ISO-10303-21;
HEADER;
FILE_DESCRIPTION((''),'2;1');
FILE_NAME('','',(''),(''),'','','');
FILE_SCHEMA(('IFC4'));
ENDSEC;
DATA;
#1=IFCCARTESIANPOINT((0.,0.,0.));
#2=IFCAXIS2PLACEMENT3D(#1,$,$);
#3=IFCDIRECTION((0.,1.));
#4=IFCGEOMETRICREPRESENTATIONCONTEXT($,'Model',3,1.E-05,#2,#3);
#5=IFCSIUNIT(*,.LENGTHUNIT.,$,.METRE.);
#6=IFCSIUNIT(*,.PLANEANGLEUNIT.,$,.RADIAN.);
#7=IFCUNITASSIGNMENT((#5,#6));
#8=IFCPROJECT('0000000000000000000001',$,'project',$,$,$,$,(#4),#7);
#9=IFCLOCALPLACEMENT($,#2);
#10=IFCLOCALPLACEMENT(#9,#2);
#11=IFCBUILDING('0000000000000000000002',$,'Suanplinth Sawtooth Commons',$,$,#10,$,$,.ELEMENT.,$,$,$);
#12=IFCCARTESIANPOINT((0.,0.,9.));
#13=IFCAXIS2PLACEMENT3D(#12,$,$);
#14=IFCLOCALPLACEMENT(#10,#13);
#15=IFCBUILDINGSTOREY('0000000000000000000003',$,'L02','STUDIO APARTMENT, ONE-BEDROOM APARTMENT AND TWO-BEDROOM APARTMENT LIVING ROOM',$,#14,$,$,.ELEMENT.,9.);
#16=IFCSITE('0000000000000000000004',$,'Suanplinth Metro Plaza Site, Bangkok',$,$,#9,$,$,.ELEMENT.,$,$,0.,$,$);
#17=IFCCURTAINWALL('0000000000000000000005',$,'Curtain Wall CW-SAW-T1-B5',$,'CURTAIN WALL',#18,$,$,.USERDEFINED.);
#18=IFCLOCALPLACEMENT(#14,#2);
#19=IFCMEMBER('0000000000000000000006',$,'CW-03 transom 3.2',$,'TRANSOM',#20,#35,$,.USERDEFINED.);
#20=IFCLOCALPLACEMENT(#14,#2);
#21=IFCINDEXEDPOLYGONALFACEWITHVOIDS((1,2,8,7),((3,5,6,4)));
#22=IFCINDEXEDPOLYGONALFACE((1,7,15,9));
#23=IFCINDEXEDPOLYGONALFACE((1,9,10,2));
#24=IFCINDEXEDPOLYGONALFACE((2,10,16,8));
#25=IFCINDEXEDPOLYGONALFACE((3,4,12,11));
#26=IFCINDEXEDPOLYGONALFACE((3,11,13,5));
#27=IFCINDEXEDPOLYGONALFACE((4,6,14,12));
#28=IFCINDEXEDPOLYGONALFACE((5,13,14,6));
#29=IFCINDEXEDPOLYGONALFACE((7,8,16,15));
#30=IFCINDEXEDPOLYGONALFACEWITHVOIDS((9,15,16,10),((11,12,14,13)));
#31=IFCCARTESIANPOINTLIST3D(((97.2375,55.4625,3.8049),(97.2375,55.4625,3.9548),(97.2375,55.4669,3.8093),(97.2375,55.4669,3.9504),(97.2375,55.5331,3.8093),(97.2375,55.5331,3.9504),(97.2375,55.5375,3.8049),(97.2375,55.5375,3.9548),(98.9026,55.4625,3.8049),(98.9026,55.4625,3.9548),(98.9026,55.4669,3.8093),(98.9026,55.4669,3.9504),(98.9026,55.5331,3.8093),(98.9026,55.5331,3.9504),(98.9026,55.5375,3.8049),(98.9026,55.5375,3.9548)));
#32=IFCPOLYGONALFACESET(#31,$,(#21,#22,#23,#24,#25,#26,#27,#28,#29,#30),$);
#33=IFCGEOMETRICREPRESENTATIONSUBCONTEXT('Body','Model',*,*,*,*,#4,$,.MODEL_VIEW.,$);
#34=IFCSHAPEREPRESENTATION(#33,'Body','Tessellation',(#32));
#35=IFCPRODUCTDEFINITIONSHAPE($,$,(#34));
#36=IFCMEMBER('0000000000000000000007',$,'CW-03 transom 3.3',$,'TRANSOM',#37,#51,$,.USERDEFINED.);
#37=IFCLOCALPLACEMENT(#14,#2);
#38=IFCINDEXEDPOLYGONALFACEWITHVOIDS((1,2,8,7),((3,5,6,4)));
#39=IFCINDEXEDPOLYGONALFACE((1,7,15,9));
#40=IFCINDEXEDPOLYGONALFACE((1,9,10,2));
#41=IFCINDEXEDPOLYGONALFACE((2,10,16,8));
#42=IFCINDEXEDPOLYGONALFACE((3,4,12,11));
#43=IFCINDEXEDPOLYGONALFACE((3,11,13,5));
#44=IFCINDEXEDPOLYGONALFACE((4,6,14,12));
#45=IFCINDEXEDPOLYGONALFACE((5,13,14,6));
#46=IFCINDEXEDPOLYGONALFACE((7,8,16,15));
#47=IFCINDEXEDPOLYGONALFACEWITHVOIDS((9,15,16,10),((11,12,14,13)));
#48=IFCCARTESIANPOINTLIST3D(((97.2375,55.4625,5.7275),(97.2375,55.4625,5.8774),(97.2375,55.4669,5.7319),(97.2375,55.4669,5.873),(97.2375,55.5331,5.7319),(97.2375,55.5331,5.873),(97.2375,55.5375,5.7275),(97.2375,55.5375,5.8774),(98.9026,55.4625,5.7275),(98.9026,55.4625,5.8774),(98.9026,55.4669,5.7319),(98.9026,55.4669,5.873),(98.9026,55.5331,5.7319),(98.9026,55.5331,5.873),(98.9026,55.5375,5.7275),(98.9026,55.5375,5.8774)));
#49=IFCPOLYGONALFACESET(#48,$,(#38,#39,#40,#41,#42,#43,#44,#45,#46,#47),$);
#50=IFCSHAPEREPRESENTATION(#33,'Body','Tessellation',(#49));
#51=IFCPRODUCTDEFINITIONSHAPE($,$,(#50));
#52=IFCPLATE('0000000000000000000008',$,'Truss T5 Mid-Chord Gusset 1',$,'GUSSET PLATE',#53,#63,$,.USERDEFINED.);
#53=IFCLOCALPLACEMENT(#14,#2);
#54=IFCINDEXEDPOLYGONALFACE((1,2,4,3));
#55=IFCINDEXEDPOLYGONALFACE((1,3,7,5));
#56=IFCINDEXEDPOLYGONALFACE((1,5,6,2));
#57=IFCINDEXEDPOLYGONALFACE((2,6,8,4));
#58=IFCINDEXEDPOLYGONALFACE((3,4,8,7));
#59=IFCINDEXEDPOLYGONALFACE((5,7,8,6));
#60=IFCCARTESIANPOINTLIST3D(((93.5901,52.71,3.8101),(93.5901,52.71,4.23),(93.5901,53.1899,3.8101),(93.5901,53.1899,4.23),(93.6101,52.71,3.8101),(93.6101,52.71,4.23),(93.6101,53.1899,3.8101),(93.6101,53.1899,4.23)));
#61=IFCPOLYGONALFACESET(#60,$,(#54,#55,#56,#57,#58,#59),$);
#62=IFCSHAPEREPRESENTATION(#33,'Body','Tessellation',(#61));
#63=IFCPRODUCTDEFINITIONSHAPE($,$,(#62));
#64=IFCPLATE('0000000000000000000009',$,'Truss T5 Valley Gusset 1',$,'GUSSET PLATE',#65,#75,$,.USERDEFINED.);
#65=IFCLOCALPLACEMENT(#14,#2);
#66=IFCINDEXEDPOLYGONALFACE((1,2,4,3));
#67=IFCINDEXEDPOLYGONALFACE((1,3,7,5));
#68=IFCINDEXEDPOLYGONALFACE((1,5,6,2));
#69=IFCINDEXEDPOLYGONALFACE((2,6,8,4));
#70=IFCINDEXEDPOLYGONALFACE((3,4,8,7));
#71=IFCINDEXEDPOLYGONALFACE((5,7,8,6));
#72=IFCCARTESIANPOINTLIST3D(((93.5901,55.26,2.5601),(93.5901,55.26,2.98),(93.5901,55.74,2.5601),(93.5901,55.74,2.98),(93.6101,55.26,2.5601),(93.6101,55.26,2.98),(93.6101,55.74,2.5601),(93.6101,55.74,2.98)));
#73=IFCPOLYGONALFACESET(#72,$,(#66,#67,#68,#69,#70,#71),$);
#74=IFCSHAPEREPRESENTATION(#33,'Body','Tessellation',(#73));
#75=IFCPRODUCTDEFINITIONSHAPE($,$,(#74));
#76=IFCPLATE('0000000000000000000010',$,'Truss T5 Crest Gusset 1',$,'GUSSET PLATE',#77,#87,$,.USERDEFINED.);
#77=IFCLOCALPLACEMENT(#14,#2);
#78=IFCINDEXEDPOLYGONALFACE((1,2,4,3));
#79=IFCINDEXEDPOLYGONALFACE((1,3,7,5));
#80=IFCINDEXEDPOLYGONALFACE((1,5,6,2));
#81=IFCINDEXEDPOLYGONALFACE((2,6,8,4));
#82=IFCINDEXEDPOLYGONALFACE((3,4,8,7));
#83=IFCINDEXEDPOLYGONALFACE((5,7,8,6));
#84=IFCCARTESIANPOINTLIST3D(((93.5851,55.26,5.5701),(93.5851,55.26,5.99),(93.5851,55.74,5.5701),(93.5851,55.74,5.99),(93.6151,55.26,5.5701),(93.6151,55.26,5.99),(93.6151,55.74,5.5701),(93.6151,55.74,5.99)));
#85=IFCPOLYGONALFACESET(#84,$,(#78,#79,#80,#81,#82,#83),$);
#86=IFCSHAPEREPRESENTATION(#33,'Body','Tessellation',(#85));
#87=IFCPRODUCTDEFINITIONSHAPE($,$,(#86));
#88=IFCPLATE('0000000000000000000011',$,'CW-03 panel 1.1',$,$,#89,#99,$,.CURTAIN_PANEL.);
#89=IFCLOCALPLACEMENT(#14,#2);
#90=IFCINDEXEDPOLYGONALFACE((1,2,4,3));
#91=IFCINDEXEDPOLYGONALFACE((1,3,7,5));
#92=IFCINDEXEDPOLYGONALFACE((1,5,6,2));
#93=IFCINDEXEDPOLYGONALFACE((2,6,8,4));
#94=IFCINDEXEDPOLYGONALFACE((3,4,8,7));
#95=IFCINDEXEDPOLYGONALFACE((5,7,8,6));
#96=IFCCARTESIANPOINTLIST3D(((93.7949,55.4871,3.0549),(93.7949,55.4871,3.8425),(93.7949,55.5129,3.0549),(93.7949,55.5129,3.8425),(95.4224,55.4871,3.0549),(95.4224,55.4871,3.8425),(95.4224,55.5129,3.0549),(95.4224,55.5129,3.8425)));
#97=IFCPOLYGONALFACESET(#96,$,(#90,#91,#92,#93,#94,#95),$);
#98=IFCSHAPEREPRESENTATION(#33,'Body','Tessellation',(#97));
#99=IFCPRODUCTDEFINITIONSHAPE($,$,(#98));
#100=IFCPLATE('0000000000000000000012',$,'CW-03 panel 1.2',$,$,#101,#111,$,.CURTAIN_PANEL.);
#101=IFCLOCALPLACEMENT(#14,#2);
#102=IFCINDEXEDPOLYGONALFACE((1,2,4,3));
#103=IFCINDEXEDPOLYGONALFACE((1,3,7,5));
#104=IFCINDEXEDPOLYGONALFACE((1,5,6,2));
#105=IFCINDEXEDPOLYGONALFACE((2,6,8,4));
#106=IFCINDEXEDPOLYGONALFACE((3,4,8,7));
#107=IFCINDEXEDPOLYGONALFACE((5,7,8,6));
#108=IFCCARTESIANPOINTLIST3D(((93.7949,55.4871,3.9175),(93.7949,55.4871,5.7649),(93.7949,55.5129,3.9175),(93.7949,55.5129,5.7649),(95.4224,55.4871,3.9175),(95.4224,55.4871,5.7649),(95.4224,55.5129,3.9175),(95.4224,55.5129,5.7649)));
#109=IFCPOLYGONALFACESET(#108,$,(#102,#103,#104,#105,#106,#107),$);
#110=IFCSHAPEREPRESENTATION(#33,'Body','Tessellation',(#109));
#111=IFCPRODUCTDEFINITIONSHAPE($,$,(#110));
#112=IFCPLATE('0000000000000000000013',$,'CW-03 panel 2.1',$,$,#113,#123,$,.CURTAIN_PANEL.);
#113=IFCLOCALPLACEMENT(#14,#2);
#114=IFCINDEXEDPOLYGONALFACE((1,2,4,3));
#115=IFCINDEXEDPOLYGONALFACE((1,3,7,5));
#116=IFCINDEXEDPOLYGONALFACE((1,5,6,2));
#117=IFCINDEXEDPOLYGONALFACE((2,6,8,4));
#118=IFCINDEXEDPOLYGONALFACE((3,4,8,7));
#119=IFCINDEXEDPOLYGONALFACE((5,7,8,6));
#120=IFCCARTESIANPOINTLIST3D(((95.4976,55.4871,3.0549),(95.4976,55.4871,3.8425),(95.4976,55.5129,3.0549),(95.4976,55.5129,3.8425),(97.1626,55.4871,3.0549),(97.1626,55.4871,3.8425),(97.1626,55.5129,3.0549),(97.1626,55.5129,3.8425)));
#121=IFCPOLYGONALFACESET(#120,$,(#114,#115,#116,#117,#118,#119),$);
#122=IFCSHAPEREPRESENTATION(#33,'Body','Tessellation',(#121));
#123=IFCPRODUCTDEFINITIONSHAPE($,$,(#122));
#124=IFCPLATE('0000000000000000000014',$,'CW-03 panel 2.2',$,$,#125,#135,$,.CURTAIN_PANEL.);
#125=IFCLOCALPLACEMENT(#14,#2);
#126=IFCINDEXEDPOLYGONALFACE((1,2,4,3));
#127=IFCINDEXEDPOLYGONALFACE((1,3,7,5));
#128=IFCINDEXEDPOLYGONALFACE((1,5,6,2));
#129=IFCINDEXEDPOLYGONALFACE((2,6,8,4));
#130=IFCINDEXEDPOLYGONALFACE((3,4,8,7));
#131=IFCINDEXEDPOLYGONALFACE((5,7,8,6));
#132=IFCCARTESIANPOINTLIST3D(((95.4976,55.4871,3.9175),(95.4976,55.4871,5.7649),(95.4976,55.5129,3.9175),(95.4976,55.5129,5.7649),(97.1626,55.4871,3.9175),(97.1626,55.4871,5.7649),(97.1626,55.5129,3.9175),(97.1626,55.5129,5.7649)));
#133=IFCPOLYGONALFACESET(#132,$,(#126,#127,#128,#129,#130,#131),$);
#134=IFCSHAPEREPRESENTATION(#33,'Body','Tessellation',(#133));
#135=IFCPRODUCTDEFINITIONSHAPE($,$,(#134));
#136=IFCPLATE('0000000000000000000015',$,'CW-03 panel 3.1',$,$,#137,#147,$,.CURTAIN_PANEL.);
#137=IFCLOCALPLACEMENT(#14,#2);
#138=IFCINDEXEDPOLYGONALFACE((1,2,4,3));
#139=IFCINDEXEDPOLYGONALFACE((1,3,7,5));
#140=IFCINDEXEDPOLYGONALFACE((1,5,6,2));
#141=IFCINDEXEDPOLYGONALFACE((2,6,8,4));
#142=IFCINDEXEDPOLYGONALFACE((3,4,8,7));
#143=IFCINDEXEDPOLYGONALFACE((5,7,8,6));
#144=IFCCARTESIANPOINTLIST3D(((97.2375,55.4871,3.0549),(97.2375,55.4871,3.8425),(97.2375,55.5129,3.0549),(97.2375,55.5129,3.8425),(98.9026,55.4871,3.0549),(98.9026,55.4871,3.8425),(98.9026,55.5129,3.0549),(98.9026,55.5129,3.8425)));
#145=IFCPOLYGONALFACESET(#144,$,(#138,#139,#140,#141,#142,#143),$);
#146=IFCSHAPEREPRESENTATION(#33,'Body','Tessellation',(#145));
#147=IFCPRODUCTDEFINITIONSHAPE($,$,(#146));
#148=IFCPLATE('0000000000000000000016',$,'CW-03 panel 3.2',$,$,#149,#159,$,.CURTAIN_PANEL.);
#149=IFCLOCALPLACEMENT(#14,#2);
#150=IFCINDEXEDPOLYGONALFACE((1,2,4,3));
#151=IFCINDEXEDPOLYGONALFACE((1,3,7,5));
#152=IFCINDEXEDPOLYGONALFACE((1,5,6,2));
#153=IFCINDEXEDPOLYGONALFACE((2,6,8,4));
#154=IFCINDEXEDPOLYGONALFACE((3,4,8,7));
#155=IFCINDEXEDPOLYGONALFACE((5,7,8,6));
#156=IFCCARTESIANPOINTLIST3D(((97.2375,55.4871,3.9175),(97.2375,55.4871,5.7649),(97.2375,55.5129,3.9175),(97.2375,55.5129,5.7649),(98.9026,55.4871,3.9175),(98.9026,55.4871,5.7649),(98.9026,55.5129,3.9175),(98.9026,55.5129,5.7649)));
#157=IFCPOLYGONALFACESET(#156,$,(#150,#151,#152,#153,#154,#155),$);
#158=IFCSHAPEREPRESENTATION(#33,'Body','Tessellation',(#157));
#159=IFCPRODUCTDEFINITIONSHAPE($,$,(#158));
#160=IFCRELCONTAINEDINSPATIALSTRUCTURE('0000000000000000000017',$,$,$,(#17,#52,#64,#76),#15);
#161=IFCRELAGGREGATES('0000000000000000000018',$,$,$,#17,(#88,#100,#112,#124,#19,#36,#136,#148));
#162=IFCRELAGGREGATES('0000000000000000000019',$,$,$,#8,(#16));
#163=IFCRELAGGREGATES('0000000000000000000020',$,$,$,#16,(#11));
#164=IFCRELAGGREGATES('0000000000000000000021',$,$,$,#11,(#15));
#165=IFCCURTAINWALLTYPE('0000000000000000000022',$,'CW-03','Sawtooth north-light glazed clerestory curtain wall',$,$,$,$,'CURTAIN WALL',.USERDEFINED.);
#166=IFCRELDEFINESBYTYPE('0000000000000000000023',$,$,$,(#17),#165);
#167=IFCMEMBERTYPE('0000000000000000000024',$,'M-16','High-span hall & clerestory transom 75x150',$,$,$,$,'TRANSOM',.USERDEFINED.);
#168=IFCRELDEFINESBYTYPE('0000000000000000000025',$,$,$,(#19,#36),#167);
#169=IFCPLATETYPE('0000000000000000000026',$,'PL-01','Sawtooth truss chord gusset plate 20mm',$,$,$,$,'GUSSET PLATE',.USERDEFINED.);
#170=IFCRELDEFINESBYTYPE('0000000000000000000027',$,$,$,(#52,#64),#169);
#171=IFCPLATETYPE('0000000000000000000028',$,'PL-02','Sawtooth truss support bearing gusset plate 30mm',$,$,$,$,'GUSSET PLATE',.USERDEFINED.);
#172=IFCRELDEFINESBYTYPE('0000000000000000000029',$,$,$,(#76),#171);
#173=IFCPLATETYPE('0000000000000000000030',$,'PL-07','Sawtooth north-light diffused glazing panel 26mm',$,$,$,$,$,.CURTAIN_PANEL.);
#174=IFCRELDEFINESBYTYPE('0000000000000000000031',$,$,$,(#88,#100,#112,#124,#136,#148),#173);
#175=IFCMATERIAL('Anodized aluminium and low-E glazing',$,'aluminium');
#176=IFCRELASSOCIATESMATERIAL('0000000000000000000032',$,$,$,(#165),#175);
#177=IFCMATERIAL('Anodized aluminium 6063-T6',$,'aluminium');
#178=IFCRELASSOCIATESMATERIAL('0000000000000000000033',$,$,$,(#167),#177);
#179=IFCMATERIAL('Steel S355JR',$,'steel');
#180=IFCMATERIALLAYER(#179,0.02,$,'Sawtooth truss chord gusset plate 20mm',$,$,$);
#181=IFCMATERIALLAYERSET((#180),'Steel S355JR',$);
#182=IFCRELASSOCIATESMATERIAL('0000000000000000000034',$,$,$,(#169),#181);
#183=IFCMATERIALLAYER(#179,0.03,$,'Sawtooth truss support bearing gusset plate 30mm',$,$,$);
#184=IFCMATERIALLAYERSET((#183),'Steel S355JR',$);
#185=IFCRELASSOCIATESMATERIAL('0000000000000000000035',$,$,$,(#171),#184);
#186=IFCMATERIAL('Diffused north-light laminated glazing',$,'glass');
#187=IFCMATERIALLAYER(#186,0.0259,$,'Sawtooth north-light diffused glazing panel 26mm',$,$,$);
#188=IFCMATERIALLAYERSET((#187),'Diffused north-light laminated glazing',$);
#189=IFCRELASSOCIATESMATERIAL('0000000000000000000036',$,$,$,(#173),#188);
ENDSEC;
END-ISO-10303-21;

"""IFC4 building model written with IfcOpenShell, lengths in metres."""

from ifc_helpers import new_model, si_unit, direction, frame, origin, origin_2d, place, context, subcontext, project, spatial, rectangle, hollow_rectangle, extrude, material, layer, layer_set, material_profile, profile_set, type_object, element, aggregate, save


model = new_model("IFC4")

# Units and contexts
model_context = context("Model", 3, precision=1e-05, world=origin(), true_north=direction((0.0, 1.0)))
body_context = subcontext(model_context, "Body", "Model", "MODEL_VIEW")
ifc_project = project(units=[si_unit("LENGTHUNIT", "METRE"), si_unit("PLANEANGLEUNIT", "RADIAN")], contexts=[model_context])

# Site, building, storey
site_placement = place(None, origin())
site = spatial("IfcSite", under=ifc_project, at=site_placement, Name="Suanplinth Metro Plaza Site, Bangkok", CompositionType="ELEMENT", RefElevation=0.0)
building_placement = place(site_placement, origin())
building = spatial("IfcBuilding", under=site, at=building_placement, Name="Suanplinth Sawtooth Commons", CompositionType="ELEMENT")
storey_placement = place(building_placement, frame((0.0, 0.0, 9.0)))
storey = spatial("IfcBuildingStorey", under=building, at=storey_placement, Name="L02", Description="STUDIO APARTMENT, ONE-BEDROOM APARTMENT AND TWO-BEDROOM APARTMENT LIVING ROOM", CompositionType="ELEMENT", Elevation=9.0)

# Shared definitions
ifc_material_1 = material(Name="Steel S355JR", Category="steel")

# Shared definitions
ifc_material_2 = material(Name="Anodized aluminium and low-E glazing", Category="aluminium")
curtain_wall_type = type_object("IfcCurtainWallType", Name="CW-03", Description="Sawtooth north-light glazed clerestory curtain wall", ElementType="CURTAIN WALL", PredefinedType="USERDEFINED", material=ifc_material_2)
ifc_material_3 = material(Name="Anodized aluminium 6063-T6", Category="aluminium")

# Curtain wall, members
curtain_wall_1_placement = place(storey_placement, origin())
curtain_wall_1 = element("IfcCurtainWall", 1, at=curtain_wall_1_placement, inside=storey, type_object=curtain_wall_type, Name="Curtain Wall CW-SAW-T1-B5", ObjectType="CURTAIN WALL", PredefinedType="USERDEFINED")
ifc_material_profile_1 = material_profile(ifc_material_3, hollow_rectangle(XDim=0.075, YDim=0.1499, WallThickness=0.0044, at=origin_2d()), Name="ALU-TRN 75x150")
ifc_profile_set_1 = profile_set([ifc_material_profile_1], Name="Anodized aluminium 6063-T6")
member_type_1 = type_object("IfcMemberType", Name="M-16", Description="High-span hall & clerestory transom 75x150", ElementType="TRANSOM", PredefinedType="USERDEFINED", material=ifc_profile_set_1)
member_1_placement = place(storey_placement, frame((97.2375, 55.5, 3.8799), z_axis=(1.0, 0.0, 0.0), x_axis=(0.0, 1.0, 0.0)))
member_1 = element("IfcMember", 2, at=member_1_placement, type_object=member_type_1, Name="CW-03 transom 3.2", ObjectType="TRANSOM", PredefinedType="USERDEFINED", context=body_context, shape_type="SweptSolid", body=[
    extrude(hollow_rectangle(XDim=0.075, YDim=0.1499, WallThickness=0.0044, at=origin_2d()), origin(), (0.0, 0.0, 1.0), 1.665),
])
member_2_placement = place(storey_placement, frame((97.2375, 55.5, 5.8025), z_axis=(1.0, 0.0, 0.0), x_axis=(0.0, 1.0, 0.0)))
member_2 = element("IfcMember", 3, at=member_2_placement, type_object=member_type_1, Name="CW-03 transom 3.3", ObjectType="TRANSOM", PredefinedType="USERDEFINED", context=body_context, shape_type="SweptSolid", body=[
    extrude(hollow_rectangle(XDim=0.075, YDim=0.1499, WallThickness=0.0044, at=origin_2d()), origin(), (0.0, 0.0, 1.0), 1.665),
])

# Plates
ifc_layer_1 = layer(ifc_material_1, 0.02, Name="Sawtooth truss chord gusset plate 20mm")
ifc_layer_set_1 = layer_set([ifc_layer_1], Name="Steel S355JR")
plate_type_1 = type_object("IfcPlateType", Name="PL-01", Description="Sawtooth truss chord gusset plate 20mm", ElementType="GUSSET PLATE", PredefinedType="USERDEFINED", material=ifc_layer_set_1)
for number, where, z_axis, x_axis, name in (
    (4, (93.6001, 52.95, 3.8101), (0.0, 0.0, 1.0), (1.0, 0.0, 0.0), "Truss T5 Mid-Chord Gusset 1"),
    (5, (93.6001, 55.5, 2.5601), (0.0, 0.0, 1.0), (1.0, 0.0, 0.0), "Truss T5 Valley Gusset 1"),
):
    element("IfcPlate", number, at=place(storey_placement, frame(where, z_axis=z_axis, x_axis=x_axis)), inside=storey, type_object=plate_type_1, Name=name, ObjectType="GUSSET PLATE", PredefinedType="USERDEFINED", context=body_context, shape_type="SweptSolid", body=[
        extrude(rectangle(XDim=0.02, YDim=0.48, at=origin_2d()), origin(), (0.0, 0.0, 1.0), 0.4199),
    ])
ifc_layer_2 = layer(ifc_material_1, 0.03, Name="Sawtooth truss support bearing gusset plate 30mm")
ifc_layer_set_2 = layer_set([ifc_layer_2], Name="Steel S355JR")
plate_type_2 = type_object("IfcPlateType", Name="PL-02", Description="Sawtooth truss support bearing gusset plate 30mm", ElementType="GUSSET PLATE", PredefinedType="USERDEFINED", material=ifc_layer_set_2)
plate_1_placement = place(storey_placement, frame((93.6001, 55.5, 5.5701), z_axis=(0.0, 0.0, 1.0), x_axis=(1.0, 0.0, 0.0)))
element("IfcPlate", 6, at=plate_1_placement, inside=storey, type_object=plate_type_2, Name="Truss T5 Crest Gusset 1", ObjectType="GUSSET PLATE", PredefinedType="USERDEFINED", context=body_context, shape_type="SweptSolid", body=[
    extrude(rectangle(XDim=0.03, YDim=0.48, at=origin_2d()), origin(), (0.0, 0.0, 1.0), 0.4199),
])

# Plates
ifc_material_4 = material(Name="Diffused north-light laminated glazing", Category="glass")
ifc_layer_3 = layer(ifc_material_4, 0.0259, Name="Sawtooth north-light diffused glazing panel 26mm")
ifc_layer_set_3 = layer_set([ifc_layer_3], Name="Diffused north-light laminated glazing")
plate_type_3 = type_object("IfcPlateType", Name="PL-07", Description="Sawtooth north-light diffused glazing panel 26mm", PredefinedType="CURTAIN_PANEL", material=ifc_layer_set_3)
plate_2_placement = place(storey_placement, frame((94.6086, 55.5, 3.0549), z_axis=(0.0, 0.0, 1.0), x_axis=(1.0, 0.0, 0.0)))
plate_2 = element("IfcPlate", 7, at=plate_2_placement, type_object=plate_type_3, Name="CW-03 panel 1.1", PredefinedType="CURTAIN_PANEL", context=body_context, shape_type="SweptSolid", body=[
    extrude(rectangle(XDim=1.6274, YDim=0.0259, at=origin_2d()), origin(), (0.0, 0.0, 1.0), 0.7876),
])
plate_3_placement = place(storey_placement, frame((94.6086, 55.5, 3.9175), z_axis=(0.0, 0.0, 1.0), x_axis=(1.0, 0.0, 0.0)))
plate_3 = element("IfcPlate", 8, at=plate_3_placement, type_object=plate_type_3, Name="CW-03 panel 1.2", PredefinedType="CURTAIN_PANEL", context=body_context, shape_type="SweptSolid", body=[
    extrude(rectangle(XDim=1.6274, YDim=0.0259, at=origin_2d()), origin(), (0.0, 0.0, 1.0), 1.8474),
])
plate_4_placement = place(storey_placement, frame((96.3301, 55.5, 3.0549), z_axis=(0.0, 0.0, 1.0), x_axis=(1.0, 0.0, 0.0)))
plate_4 = element("IfcPlate", 9, at=plate_4_placement, type_object=plate_type_3, Name="CW-03 panel 2.1", PredefinedType="CURTAIN_PANEL", context=body_context, shape_type="SweptSolid", body=[
    extrude(rectangle(XDim=1.665, YDim=0.0259, at=origin_2d()), origin(), (0.0, 0.0, 1.0), 0.7876),
])
plate_5_placement = place(storey_placement, frame((96.3301, 55.5, 3.9175), z_axis=(0.0, 0.0, 1.0), x_axis=(1.0, 0.0, 0.0)))
plate_5 = element("IfcPlate", 10, at=plate_5_placement, type_object=plate_type_3, Name="CW-03 panel 2.2", PredefinedType="CURTAIN_PANEL", context=body_context, shape_type="SweptSolid", body=[
    extrude(rectangle(XDim=1.665, YDim=0.0259, at=origin_2d()), origin(), (0.0, 0.0, 1.0), 1.8474),
])
plate_6_placement = place(storey_placement, frame((98.0701, 55.5, 3.0549), z_axis=(0.0, 0.0, 1.0), x_axis=(1.0, 0.0, 0.0)))
plate_6 = element("IfcPlate", 11, at=plate_6_placement, type_object=plate_type_3, Name="CW-03 panel 3.1", PredefinedType="CURTAIN_PANEL", context=body_context, shape_type="SweptSolid", body=[
    extrude(rectangle(XDim=1.665, YDim=0.0259, at=origin_2d()), origin(), (0.0, 0.0, 1.0), 0.7876),
])
plate_7_placement = place(storey_placement, frame((98.0701, 55.5, 3.9175), z_axis=(0.0, 0.0, 1.0), x_axis=(1.0, 0.0, 0.0)))
plate_7 = element("IfcPlate", 12, at=plate_7_placement, type_object=plate_type_3, Name="CW-03 panel 3.2", PredefinedType="CURTAIN_PANEL", context=body_context, shape_type="SweptSolid", body=[
    extrude(rectangle(XDim=1.665, YDim=0.0259, at=origin_2d()), origin(), (0.0, 0.0, 1.0), 1.8474),
])
aggregate(curtain_wall_1, [plate_2, plate_3, plate_4, plate_5, member_1, member_2, plate_6, plate_7])

save(model, "model.ifc")
